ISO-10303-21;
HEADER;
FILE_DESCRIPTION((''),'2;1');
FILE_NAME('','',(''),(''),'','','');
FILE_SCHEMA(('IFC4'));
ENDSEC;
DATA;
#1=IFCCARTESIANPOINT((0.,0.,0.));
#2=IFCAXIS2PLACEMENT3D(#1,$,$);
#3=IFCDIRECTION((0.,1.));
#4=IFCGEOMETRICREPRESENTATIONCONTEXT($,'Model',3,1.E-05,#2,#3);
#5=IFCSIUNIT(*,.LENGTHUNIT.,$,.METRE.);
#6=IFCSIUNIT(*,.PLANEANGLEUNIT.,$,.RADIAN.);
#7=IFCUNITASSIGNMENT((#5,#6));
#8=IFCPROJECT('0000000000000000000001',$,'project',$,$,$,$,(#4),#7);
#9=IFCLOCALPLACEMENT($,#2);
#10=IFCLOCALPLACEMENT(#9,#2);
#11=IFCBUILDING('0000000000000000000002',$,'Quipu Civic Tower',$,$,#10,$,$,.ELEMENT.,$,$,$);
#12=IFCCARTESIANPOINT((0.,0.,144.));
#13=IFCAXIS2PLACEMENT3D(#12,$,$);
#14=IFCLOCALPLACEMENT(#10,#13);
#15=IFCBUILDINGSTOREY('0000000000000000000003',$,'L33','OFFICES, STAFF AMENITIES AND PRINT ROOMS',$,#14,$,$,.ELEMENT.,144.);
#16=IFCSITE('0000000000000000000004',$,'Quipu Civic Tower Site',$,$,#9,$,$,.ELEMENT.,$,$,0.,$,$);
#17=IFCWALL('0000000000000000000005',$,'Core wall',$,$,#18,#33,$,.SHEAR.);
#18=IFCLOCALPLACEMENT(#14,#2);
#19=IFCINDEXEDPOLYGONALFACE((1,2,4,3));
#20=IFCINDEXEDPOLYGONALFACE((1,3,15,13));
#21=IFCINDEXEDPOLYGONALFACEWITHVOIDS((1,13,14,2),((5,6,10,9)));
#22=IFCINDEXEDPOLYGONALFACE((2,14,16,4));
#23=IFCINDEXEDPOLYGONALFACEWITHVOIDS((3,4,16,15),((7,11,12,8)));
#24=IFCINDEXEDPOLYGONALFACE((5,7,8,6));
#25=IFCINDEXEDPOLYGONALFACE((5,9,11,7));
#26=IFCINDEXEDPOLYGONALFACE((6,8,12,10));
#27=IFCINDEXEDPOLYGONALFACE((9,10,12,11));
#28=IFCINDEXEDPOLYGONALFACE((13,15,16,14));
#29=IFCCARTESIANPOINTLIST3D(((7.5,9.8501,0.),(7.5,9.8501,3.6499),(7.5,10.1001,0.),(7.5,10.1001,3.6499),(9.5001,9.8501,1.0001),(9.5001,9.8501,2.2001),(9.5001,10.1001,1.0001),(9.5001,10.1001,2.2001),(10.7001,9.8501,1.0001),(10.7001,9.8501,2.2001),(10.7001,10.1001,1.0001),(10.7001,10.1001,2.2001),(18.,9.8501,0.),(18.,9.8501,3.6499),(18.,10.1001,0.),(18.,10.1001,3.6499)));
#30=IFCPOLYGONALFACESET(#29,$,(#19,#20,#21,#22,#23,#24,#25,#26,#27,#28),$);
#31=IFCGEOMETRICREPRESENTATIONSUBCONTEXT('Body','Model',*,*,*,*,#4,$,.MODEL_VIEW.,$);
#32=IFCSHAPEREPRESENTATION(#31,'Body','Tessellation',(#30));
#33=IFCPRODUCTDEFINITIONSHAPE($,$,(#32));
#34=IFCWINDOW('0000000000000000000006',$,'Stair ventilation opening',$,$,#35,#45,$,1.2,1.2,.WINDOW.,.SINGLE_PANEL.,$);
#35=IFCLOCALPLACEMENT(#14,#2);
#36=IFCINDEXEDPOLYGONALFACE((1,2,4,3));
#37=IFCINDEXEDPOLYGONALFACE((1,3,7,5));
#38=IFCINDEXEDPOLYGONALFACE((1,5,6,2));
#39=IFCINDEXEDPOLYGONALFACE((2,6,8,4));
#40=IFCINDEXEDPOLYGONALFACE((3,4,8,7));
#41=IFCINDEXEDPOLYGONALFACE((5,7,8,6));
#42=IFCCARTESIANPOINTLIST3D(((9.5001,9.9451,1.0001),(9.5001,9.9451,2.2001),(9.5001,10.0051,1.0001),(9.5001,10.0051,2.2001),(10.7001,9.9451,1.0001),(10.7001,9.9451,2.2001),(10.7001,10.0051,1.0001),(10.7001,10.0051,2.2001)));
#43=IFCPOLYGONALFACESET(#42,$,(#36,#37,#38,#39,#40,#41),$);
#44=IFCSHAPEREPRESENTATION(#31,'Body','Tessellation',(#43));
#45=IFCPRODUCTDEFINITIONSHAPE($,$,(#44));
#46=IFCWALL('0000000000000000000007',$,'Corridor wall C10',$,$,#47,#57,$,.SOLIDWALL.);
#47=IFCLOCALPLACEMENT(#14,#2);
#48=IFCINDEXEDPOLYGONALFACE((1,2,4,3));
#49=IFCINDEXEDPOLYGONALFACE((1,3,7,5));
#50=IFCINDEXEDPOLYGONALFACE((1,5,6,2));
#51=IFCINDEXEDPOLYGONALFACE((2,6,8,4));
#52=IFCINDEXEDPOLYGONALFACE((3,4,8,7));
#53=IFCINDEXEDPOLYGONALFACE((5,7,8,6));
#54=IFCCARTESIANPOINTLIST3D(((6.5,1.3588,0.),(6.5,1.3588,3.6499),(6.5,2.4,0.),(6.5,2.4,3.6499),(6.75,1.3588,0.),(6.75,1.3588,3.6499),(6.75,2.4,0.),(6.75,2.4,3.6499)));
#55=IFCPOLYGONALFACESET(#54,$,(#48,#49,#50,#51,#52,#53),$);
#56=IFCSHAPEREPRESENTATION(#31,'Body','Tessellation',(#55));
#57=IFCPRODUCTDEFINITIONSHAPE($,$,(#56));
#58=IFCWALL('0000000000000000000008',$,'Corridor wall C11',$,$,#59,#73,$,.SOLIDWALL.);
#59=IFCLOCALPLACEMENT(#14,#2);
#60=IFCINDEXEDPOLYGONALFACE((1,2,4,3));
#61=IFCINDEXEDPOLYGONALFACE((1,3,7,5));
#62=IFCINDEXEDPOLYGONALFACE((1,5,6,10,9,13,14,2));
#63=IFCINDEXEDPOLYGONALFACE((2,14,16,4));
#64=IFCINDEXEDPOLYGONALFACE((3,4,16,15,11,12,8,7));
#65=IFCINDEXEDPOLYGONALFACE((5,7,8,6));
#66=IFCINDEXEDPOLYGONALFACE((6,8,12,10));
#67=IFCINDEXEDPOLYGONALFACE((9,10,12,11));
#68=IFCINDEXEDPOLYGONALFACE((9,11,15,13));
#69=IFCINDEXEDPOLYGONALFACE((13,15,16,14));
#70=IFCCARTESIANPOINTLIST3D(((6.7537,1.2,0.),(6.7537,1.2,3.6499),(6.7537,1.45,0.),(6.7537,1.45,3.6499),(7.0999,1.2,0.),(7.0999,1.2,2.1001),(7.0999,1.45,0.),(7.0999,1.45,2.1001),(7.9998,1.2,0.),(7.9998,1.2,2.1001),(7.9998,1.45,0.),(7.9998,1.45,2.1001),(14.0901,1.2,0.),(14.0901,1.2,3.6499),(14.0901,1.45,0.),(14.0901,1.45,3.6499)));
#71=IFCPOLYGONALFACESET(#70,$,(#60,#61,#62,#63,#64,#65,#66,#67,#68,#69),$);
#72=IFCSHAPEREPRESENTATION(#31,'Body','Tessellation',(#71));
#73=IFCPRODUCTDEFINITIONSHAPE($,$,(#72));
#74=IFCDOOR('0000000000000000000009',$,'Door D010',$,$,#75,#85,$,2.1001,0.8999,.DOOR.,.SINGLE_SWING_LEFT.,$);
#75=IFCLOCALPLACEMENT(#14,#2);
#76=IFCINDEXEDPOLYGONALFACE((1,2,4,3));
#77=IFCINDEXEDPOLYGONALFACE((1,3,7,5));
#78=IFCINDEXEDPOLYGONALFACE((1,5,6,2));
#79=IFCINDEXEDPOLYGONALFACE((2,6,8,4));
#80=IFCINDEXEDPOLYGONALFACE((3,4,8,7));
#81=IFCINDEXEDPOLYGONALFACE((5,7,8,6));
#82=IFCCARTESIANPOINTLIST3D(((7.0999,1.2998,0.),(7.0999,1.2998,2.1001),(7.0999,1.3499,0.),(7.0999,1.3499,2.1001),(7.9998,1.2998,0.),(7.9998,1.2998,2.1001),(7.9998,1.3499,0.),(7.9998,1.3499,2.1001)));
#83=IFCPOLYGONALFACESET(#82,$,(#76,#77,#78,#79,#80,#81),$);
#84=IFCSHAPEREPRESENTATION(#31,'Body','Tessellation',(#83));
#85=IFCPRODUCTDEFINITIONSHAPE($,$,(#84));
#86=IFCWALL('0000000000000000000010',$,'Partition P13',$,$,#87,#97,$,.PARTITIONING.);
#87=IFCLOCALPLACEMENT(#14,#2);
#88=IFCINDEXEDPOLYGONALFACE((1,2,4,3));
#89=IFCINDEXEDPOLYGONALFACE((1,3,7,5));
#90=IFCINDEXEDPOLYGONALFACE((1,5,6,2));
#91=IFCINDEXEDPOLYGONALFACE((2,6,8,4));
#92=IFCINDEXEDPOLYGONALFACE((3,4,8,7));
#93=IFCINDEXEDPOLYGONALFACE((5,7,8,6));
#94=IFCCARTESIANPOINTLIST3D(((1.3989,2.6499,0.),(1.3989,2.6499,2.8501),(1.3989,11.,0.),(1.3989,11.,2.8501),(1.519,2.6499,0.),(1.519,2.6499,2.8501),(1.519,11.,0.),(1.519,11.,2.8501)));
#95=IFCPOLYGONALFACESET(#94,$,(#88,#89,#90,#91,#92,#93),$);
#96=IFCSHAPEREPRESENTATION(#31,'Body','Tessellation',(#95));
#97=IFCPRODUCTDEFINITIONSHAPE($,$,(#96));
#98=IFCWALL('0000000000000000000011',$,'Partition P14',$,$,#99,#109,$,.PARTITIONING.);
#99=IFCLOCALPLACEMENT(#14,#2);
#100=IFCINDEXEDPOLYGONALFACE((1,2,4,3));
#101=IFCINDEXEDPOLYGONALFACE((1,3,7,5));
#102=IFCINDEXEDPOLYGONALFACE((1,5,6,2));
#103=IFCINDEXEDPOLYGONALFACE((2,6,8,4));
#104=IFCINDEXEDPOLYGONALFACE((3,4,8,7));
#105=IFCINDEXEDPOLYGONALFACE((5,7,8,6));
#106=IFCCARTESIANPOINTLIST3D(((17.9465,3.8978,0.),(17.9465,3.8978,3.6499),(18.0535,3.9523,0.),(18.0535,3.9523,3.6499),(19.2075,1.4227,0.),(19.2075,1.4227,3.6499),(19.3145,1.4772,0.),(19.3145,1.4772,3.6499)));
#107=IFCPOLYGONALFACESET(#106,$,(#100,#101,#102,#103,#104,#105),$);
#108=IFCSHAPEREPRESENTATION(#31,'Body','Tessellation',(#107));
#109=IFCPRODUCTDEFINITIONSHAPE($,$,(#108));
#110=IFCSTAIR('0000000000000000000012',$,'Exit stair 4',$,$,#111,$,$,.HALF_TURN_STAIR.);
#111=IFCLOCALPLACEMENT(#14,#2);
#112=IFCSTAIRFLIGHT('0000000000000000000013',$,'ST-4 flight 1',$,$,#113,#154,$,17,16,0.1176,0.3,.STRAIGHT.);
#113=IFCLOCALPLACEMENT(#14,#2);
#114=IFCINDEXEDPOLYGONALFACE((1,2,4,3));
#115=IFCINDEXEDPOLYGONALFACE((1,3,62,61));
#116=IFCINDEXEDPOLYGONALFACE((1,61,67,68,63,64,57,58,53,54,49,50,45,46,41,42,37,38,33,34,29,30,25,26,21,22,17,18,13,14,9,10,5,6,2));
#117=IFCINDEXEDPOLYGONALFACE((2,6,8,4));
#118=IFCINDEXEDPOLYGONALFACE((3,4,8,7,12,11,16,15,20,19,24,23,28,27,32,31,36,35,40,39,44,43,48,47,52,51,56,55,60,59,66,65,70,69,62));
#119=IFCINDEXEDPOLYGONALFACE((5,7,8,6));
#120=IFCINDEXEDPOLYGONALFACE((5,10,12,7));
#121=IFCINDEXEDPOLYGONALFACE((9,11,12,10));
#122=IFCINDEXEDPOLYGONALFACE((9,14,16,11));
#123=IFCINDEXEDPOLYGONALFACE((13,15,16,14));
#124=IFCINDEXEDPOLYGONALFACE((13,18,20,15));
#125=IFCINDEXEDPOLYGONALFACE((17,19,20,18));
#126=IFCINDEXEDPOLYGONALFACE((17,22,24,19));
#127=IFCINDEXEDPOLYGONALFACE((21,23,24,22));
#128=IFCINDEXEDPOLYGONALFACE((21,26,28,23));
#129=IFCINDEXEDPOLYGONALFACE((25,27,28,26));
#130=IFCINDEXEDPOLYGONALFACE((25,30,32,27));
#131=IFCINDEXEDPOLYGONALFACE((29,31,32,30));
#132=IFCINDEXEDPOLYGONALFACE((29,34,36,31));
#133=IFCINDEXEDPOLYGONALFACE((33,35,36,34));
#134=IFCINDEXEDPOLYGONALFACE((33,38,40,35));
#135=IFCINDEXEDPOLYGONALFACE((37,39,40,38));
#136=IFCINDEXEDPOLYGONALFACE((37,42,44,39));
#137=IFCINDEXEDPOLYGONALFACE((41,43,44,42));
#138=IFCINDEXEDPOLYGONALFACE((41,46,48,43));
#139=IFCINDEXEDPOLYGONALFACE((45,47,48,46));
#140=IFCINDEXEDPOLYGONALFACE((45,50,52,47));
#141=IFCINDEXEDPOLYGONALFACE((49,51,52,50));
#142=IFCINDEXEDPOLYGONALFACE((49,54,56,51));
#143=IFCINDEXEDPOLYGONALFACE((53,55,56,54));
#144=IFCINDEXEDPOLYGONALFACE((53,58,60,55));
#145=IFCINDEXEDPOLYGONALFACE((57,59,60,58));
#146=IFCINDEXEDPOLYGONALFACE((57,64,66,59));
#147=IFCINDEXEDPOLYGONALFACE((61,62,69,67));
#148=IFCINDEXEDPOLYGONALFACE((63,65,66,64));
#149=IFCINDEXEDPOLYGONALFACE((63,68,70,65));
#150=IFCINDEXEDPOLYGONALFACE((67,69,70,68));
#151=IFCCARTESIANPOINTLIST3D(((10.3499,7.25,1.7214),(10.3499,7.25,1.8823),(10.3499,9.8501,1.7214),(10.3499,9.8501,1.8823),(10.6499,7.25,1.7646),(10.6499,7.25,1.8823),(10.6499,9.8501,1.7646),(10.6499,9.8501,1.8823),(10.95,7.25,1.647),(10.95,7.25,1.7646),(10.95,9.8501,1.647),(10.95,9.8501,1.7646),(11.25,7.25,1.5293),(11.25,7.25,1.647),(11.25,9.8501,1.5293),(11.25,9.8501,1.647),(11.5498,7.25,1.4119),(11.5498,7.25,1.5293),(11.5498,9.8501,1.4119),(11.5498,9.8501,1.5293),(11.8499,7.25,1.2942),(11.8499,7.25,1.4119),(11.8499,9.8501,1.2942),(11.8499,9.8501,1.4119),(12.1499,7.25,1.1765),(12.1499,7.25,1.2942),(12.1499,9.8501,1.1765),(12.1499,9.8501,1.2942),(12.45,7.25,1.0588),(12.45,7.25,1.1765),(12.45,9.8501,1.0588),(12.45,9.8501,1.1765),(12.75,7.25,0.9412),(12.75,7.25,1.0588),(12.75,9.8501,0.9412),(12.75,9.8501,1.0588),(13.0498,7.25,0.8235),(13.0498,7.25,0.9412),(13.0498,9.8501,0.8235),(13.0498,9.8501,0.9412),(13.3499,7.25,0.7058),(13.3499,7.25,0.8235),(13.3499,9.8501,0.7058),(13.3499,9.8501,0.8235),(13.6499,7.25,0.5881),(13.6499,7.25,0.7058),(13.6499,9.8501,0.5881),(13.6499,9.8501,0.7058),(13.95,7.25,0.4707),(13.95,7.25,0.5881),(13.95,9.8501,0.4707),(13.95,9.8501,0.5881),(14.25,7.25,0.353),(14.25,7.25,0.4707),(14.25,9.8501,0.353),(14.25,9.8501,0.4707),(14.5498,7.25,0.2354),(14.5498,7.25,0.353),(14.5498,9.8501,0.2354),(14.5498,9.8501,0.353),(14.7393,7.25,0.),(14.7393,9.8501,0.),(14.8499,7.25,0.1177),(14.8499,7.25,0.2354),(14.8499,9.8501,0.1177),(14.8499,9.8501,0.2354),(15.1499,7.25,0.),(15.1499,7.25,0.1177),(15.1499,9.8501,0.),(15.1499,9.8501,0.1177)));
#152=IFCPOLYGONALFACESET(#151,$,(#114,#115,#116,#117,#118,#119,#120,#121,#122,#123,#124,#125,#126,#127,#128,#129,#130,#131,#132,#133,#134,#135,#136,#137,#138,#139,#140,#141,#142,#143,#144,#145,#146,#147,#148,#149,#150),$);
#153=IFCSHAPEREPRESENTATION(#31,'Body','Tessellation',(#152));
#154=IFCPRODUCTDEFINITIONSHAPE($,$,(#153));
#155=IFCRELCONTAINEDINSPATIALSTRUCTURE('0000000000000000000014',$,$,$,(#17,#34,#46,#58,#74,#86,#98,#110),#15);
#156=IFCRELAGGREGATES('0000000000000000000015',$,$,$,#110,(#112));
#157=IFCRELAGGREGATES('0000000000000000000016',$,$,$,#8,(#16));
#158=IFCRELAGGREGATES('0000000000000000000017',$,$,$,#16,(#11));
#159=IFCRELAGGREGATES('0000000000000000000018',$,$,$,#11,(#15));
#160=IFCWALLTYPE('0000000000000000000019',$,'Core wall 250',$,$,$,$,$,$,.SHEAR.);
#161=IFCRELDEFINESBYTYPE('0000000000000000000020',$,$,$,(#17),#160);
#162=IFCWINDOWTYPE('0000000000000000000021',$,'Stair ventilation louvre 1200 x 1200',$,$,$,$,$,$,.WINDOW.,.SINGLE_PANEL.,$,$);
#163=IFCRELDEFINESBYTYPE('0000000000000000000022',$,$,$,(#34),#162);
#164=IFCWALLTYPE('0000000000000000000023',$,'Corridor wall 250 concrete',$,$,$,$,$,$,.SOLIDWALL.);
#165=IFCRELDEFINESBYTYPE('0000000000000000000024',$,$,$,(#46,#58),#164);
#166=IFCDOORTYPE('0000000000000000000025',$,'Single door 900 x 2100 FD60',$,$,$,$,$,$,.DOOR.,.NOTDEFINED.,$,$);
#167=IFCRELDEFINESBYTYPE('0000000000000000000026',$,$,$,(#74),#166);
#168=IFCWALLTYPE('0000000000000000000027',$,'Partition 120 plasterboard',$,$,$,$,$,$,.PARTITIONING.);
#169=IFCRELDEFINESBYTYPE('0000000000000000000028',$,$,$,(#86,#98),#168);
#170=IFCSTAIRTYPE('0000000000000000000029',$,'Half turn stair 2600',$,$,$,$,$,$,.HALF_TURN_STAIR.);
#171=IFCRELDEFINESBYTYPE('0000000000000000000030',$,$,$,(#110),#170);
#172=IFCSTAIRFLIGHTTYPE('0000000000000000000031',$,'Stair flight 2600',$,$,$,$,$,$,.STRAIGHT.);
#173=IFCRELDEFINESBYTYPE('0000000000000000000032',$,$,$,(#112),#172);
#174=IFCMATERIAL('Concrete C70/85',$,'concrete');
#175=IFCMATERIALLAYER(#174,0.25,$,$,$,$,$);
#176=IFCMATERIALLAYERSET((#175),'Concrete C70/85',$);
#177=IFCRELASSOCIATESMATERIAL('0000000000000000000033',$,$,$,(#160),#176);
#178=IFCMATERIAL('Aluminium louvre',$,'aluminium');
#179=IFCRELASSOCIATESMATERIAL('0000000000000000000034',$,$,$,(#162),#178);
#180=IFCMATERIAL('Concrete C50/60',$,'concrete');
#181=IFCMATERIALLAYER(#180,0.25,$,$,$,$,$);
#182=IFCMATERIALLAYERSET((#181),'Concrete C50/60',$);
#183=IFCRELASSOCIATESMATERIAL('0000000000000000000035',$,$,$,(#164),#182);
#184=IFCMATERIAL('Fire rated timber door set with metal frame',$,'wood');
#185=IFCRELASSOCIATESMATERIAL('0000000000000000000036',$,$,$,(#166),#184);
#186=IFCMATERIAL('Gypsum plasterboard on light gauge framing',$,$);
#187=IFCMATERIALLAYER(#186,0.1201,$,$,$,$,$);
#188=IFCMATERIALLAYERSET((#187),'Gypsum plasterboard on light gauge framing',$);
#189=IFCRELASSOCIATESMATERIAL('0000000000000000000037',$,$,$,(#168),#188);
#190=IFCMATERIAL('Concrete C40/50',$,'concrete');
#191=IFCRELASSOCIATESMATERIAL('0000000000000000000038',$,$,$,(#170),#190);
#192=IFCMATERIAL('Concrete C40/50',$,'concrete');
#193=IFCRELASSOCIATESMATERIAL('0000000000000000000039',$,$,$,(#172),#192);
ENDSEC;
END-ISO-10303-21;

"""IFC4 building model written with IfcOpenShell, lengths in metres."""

from ifc_helpers import new_model, si_unit, direction, frame, frame_2d, origin, place, context, subcontext, project, spatial, polyline, rectangle, outline, extrude, material, layer, layer_set, type_object, element, fill, aggregate, save


model = new_model("IFC4")

# Units and contexts
model_context = context("Model", 3, precision=1e-05, world=origin(), true_north=direction((0.0, 1.0)))
body_context = subcontext(model_context, "Body", "Model", "MODEL_VIEW")
ifc_project = project(units=[si_unit("LENGTHUNIT", "METRE"), si_unit("PLANEANGLEUNIT", "RADIAN")], contexts=[model_context])

# Site, building, storey
site_placement = place(None, origin())
site = spatial("IfcSite", under=ifc_project, at=site_placement, Name="Quipu Civic Tower Site", CompositionType="ELEMENT", RefElevation=0.0)
building_placement = place(site_placement, origin())
building = spatial("IfcBuilding", under=site, at=building_placement, Name="Quipu Civic Tower", CompositionType="ELEMENT")
storey_placement = place(building_placement, frame((0.0, 0.0, 144.0)))
storey = spatial("IfcBuildingStorey", under=building, at=storey_placement, Name="L33", Description="OFFICES, STAFF AMENITIES AND PRINT ROOMS", CompositionType="ELEMENT", Elevation=144.0)

# Shared definitions
ifc_material_1 = material(Name="Concrete C70/85", Category="concrete")
ifc_layer_1 = layer(ifc_material_1, 0.25)
ifc_layer_set_1 = layer_set([ifc_layer_1], Name="Concrete C70/85")
wall_type_1 = type_object("IfcWallType", Name="Core wall 250", PredefinedType="SHEAR", material=ifc_layer_set_1)

# Wall, opening, window
wall_1_placement = place(storey_placement, frame((7.5, 9.9751, 0.0), z_axis=(0.0, 0.0, 1.0), x_axis=(1.0, 0.0, 0.0)))
wall_1 = element("IfcWall", 1, at=wall_1_placement, inside=storey, type_object=wall_type_1, Name="Core wall", PredefinedType="SHEAR", context=body_context, shape_type="SweptSolid", body=[
    extrude(rectangle(XDim=10.5, YDim=0.25, at=frame_2d((5.25, 0.0))), origin(), (0.0, 0.0, 1.0), 3.6499),
])
opening_1_placement = place(wall_1_placement, frame((2.0, 0.0, 1.0)))
opening_1 = element("IfcOpeningElement", 2, at=opening_1_placement, cuts=wall_1, PredefinedType="OPENING", context=body_context, shape_type="SweptSolid", body=[
    extrude(rectangle(XDim=1.2, YDim=1.2, at=frame_2d((0.6001, 0.6001))), frame((0.0, 0.135, 0.0), z_axis=(0.0, -1.0, 0.0), x_axis=(1.0, 0.0, 0.0)), (0.0, 0.0, 1.0), 0.27),
])
ifc_material_2 = material(Name="Aluminium louvre", Category="aluminium")
window_type = type_object("IfcWindowType", Name="Stair ventilation louvre 1200 x 1200", PartitioningType="SINGLE_PANEL", PredefinedType="WINDOW", material=ifc_material_2)
window_placement = place(opening_1_placement, origin())
window = element("IfcWindow", 3, at=window_placement, inside=storey, type_object=window_type, Name="Stair ventilation opening", OverallHeight=1.2, OverallWidth=1.2, PartitioningType="SINGLE_PANEL", PredefinedType="WINDOW", context=body_context, shape_type="SweptSolid", body=[
    extrude(rectangle(XDim=1.2, YDim=1.2, at=frame_2d((0.6001, 0.6001))), frame((0.0, 0.03, 0.0), z_axis=(0.0, -1.0, 0.0), x_axis=(1.0, 0.0, 0.0)), (0.0, 0.0, 1.0), 0.0601),
])
fill(opening_1, window)

# Wall
ifc_material_3 = material(Name="Concrete C50/60", Category="concrete")
ifc_layer_2 = layer(ifc_material_3, 0.25)
ifc_layer_set_2 = layer_set([ifc_layer_2], Name="Concrete C50/60")
wall_type_2 = type_object("IfcWallType", Name="Corridor wall 250 concrete", PredefinedType="SOLIDWALL", material=ifc_layer_set_2)
wall_2_placement = place(storey_placement, frame((6.625, 2.3999, 0.0), z_axis=(0.0, 0.0, 1.0), x_axis=(0.0, -1.0, 0.0)))
element("IfcWall", 4, at=wall_2_placement, inside=storey, type_object=wall_type_2, Name="Corridor wall C10", PredefinedType="SOLIDWALL", context=body_context, shape_type="SweptSolid", body=[
    extrude(rectangle(XDim=1.0413, YDim=0.25, at=frame_2d((0.5205, 0.0))), origin(), (0.0, 0.0, 1.0), 3.6499),
])

# Wall, opening, door
wall_3_placement = place(storey_placement, frame((6.7537, 1.325, 0.0), z_axis=(0.0, 0.0, 1.0), x_axis=(1.0, 0.0, 0.0)))
wall_3 = element("IfcWall", 5, at=wall_3_placement, inside=storey, type_object=wall_type_2, Name="Corridor wall C11", PredefinedType="SOLIDWALL", context=body_context, shape_type="SweptSolid", body=[
    extrude(rectangle(XDim=7.3364, YDim=0.25, at=frame_2d((3.6682, 0.0))), origin(), (0.0, 0.0, 1.0), 3.6499),
])
opening_2_placement = place(wall_3_placement, frame((0.3462, 0.0, 0.0)))
opening_2 = element("IfcOpeningElement", 6, at=opening_2_placement, cuts=wall_3, PredefinedType="OPENING", context=body_context, shape_type="SweptSolid", body=[
    extrude(rectangle(XDim=0.8999, YDim=2.1001, at=frame_2d((0.45, 1.05))), frame((0.0, 0.135, 0.0), z_axis=(0.0, -1.0, 0.0), x_axis=(1.0, 0.0, 0.0)), (0.0, 0.0, 1.0), 0.27),
])
ifc_material_4 = material(Name="Fire rated timber door set with metal frame", Category="wood")
door_type_1 = type_object("IfcDoorType", Name="Single door 900 x 2100 FD60", OperationType="NOTDEFINED", PredefinedType="DOOR", material=ifc_material_4)
door_1_placement = place(opening_2_placement, origin())
door_1 = element("IfcDoor", 7, at=door_1_placement, inside=storey, type_object=door_type_1, Name="Door D010", OperationType="SINGLE_SWING_LEFT", OverallHeight=2.1001, OverallWidth=0.8999, PredefinedType="DOOR", context=body_context, shape_type="SweptSolid", body=[
    extrude(rectangle(XDim=0.8999, YDim=2.1001, at=frame_2d((0.45, 1.05))), frame((0.0, 0.0249, 0.0), z_axis=(0.0, -1.0, 0.0), x_axis=(1.0, 0.0, 0.0)), (0.0, 0.0, 1.0), 0.05),
])
fill(opening_2, door_1)

# Walls
ifc_material_5 = material(Name="Gypsum plasterboard on light gauge framing")
ifc_layer_3 = layer(ifc_material_5, 0.1201)
ifc_layer_set_3 = layer_set([ifc_layer_3], Name="Gypsum plasterboard on light gauge framing")
wall_type_3 = type_object("IfcWallType", Name="Partition 120 plasterboard", PredefinedType="PARTITIONING", material=ifc_layer_set_3)
wall_4_placement = place(storey_placement, frame((1.459, 11.0, 0.0), z_axis=(0.0, 0.0, 1.0), x_axis=(0.0, -1.0, 0.0)))
element("IfcWall", 8, at=wall_4_placement, inside=storey, type_object=wall_type_3, Name="Partition P13", PredefinedType="PARTITIONING", context=body_context, shape_type="SweptSolid", body=[
    extrude(rectangle(XDim=8.3501, YDim=0.1201, at=frame_2d((4.175, 0.0))), origin(), (0.0, 0.0, 1.0), 2.8501),
])
wall_5_placement = place(storey_placement, frame((18.0, 3.925, 0.0), z_axis=(0.0, 0.0, 1.0), x_axis=(0.453951, -0.891027, 0.0)))
element("IfcWall", 9, at=wall_5_placement, inside=storey, type_object=wall_type_3, Name="Partition P14", PredefinedType="PARTITIONING", context=body_context, shape_type="SweptSolid", body=[
    extrude(rectangle(XDim=2.7778, YDim=0.1201, at=frame_2d((1.3889, 0.0))), origin(), (0.0, 0.0, 1.0), 3.6499),
])

# Stair, stair flight
ifc_material_6 = material(Name="Concrete C40/50", Category="concrete")
stair_type = type_object("IfcStairType", Name="Half turn stair 2600", PredefinedType="HALF_TURN_STAIR", material=ifc_material_6)
stair_placement = place(storey_placement, origin())
stair = element("IfcStair", 10, at=stair_placement, inside=storey, type_object=stair_type, Name="Exit stair 4", PredefinedType="HALF_TURN_STAIR")
ifc_material_7 = material(Name="Concrete C40/50", Category="concrete")
stair_flight_type = type_object("IfcStairFlightType", Name="Stair flight 2600", PredefinedType="STRAIGHT", material=ifc_material_7)
stair_flight_1_placement = place(storey_placement, frame((15.1499, 8.55, 0.0), z_axis=(0.0, 0.0, 1.0), x_axis=(-1.0, 0.0, 0.0)))
stair_flight_1 = element("IfcStairFlight", 11, at=stair_flight_1_placement, type_object=stair_flight_type, Name="ST-4 flight 1", NumberOfRisers=17, NumberOfTreads=16, PredefinedType="STRAIGHT", RiserHeight=0.1176, TreadLength=0.3, context=body_context, shape_type="SweptSolid", body=[
    extrude(outline(polyline([(0.0, 0.0), (0.0, 0.1177), (0.3, 0.1177), (0.3, 0.2354), (0.6001, 0.2354), (0.6001, 0.353), (0.8999, 0.353), (0.8999, 0.4707), (1.2, 0.4707), (1.2, 0.5881), (1.5, 0.5881), (1.5, 0.7058), (1.8, 0.7058), (1.8, 0.8235), (2.1001, 0.8235), (2.1001, 0.9412), (2.3999, 0.9412), (2.3999, 1.0588), (2.7, 1.0588), (2.7, 1.1765), (3.0, 1.1765), (3.0, 1.2942), (3.3, 1.2942), (3.3, 1.4119), (3.6001, 1.4119), (3.6001, 1.5293), (3.8999, 1.5293), (3.8999, 1.647), (4.2, 1.647), (4.2, 1.7646), (4.5, 1.7646), (4.5, 1.8823), (4.8, 1.8823), (4.8, 2.0), (4.8, 1.7214), (0.4106, 0.0), (0.0, 0.0)])), frame((0.0, 1.3, 0.0), z_axis=(0.0, -1.0, 0.0), x_axis=(1.0, 0.0, 0.0)), (0.0, 0.0, 1.0), 2.6001),
])
aggregate(stair, [stair_flight_1])

save(model, "model.ifc")
